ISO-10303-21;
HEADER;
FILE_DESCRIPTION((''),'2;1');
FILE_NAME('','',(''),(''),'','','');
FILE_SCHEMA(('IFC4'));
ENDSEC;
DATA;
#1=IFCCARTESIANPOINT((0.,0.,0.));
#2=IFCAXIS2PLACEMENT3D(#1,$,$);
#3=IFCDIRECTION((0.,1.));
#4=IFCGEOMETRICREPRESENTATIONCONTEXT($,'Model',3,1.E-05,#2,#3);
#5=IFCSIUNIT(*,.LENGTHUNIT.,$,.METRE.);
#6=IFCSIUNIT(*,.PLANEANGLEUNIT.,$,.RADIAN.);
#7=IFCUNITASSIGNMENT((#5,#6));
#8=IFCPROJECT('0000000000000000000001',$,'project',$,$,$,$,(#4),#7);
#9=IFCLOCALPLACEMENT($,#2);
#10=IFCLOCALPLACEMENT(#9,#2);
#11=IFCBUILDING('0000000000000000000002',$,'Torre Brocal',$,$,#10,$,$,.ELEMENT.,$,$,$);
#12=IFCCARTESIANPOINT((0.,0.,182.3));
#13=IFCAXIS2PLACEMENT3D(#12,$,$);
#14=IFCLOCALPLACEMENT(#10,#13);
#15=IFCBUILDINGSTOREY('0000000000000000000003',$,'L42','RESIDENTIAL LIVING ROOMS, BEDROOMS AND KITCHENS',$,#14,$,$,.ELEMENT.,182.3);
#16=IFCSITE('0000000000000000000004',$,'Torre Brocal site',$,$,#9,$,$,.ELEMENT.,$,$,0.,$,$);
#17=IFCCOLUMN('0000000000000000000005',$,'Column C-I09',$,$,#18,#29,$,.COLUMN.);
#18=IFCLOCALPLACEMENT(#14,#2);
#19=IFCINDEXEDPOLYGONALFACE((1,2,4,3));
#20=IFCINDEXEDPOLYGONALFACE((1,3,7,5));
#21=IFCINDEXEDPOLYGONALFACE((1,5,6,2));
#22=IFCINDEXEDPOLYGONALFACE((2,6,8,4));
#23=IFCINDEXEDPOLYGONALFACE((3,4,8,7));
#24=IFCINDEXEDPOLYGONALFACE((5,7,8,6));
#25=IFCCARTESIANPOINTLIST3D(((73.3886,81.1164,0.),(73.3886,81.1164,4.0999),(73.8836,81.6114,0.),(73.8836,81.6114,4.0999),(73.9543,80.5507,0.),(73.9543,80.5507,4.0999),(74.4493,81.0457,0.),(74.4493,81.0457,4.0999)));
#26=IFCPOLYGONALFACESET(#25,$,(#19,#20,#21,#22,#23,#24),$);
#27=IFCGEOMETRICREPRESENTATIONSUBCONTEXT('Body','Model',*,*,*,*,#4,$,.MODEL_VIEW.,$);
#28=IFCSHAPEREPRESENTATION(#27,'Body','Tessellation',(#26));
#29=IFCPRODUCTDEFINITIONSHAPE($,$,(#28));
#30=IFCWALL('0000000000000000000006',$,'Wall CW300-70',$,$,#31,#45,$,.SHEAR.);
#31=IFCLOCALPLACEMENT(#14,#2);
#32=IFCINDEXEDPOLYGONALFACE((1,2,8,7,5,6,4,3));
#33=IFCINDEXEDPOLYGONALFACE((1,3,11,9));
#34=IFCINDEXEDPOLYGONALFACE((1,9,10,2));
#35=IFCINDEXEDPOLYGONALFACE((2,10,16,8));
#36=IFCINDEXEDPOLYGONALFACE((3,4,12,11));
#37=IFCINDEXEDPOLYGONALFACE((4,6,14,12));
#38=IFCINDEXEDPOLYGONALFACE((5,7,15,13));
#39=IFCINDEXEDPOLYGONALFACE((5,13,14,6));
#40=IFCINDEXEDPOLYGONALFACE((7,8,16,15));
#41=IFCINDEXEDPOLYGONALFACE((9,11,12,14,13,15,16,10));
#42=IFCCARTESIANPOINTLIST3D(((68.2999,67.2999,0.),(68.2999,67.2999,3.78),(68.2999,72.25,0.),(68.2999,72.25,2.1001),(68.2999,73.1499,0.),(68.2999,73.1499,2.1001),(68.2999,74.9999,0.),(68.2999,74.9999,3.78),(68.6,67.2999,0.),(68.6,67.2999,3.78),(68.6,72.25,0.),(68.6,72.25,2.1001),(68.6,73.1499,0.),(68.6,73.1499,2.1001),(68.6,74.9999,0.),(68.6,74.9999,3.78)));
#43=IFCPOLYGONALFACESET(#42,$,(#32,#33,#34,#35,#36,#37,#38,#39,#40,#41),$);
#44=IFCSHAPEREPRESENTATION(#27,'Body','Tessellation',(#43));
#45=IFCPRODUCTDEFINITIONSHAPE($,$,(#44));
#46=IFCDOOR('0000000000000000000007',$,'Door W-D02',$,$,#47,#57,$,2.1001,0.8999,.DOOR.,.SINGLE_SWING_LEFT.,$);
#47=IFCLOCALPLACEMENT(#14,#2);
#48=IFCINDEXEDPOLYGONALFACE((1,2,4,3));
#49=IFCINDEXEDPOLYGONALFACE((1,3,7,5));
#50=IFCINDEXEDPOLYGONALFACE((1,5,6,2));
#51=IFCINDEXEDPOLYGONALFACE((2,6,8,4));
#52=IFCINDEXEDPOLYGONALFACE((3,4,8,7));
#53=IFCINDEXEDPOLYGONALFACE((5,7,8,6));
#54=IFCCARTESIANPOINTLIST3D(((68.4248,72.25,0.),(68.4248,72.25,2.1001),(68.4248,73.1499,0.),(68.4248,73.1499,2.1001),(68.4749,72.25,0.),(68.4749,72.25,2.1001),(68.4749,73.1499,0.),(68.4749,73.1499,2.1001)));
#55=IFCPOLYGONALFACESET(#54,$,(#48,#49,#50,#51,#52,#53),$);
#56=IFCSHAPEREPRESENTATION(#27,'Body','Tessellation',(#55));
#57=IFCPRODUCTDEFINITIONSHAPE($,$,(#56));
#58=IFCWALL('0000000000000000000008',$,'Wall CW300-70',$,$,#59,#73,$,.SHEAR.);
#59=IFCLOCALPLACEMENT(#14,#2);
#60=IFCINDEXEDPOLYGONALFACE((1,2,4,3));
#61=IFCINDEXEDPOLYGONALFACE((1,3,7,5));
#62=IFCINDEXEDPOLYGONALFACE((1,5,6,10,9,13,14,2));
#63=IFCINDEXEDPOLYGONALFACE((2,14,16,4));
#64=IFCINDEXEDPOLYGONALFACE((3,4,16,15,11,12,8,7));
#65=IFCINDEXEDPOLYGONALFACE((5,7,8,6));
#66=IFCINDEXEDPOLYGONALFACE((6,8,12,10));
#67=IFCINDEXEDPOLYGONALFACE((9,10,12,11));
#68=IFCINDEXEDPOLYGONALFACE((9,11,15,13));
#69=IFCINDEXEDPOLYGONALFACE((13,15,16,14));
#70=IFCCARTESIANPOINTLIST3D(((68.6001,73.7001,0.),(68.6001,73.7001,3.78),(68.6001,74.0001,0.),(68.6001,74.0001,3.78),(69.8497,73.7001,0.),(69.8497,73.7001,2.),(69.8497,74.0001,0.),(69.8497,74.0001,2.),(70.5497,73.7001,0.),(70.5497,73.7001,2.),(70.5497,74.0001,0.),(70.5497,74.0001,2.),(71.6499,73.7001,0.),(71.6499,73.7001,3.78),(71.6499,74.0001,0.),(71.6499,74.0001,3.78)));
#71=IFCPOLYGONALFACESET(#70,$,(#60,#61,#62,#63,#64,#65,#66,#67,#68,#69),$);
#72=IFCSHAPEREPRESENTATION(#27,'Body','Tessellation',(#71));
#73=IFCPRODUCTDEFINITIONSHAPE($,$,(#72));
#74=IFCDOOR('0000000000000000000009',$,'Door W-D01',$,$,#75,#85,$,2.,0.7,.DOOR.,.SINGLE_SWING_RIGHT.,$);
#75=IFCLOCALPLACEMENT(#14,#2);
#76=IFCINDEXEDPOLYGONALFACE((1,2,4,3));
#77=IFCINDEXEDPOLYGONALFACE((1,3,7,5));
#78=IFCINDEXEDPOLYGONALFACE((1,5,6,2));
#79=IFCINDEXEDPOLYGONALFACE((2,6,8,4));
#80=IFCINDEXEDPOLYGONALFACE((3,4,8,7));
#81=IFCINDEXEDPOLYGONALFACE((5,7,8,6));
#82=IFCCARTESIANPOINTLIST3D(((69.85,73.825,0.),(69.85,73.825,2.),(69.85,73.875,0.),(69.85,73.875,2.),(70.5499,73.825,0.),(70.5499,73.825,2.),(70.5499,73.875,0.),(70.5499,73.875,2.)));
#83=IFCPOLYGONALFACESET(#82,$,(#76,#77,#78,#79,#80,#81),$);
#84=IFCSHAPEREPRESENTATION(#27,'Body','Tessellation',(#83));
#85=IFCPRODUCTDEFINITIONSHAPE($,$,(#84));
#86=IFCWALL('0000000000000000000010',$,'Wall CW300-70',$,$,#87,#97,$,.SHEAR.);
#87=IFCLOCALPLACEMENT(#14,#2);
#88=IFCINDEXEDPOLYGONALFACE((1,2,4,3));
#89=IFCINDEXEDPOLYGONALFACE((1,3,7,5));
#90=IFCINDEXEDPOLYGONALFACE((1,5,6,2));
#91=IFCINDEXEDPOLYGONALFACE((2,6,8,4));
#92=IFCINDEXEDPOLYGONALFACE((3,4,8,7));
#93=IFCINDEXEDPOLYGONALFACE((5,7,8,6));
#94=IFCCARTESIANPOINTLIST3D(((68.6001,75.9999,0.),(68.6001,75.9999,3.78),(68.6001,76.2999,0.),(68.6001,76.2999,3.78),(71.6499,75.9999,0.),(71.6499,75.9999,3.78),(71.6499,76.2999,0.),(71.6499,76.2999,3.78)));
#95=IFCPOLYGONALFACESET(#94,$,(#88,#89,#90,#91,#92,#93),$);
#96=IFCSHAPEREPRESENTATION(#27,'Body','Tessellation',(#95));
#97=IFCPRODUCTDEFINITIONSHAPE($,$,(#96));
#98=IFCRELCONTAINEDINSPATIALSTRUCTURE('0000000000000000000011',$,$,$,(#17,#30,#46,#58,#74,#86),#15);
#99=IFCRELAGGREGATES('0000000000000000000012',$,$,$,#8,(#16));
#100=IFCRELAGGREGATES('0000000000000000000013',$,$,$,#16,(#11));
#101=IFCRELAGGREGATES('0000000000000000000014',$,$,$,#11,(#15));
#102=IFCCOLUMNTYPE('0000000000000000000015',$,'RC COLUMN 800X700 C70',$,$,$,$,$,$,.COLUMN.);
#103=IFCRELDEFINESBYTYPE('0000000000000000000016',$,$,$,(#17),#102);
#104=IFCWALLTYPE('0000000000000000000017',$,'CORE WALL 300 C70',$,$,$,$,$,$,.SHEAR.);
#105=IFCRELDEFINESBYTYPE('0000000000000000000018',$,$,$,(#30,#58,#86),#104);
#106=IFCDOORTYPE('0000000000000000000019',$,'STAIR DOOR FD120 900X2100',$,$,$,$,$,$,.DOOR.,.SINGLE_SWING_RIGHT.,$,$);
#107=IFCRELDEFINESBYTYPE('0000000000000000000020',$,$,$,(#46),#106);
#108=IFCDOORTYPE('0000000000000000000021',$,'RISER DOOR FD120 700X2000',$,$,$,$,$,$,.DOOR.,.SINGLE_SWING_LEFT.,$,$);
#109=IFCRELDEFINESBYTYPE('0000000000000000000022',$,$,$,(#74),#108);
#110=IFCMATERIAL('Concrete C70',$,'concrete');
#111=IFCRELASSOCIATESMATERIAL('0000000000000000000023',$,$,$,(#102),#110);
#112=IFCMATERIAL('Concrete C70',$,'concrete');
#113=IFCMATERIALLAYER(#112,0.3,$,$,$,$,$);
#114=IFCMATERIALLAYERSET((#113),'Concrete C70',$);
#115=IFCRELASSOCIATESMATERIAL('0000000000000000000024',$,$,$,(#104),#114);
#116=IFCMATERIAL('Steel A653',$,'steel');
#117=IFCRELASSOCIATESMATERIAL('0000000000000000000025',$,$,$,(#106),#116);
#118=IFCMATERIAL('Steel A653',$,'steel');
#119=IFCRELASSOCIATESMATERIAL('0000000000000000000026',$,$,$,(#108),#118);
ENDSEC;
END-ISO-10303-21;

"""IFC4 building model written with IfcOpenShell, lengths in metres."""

from ifc_helpers import new_model, si_unit, direction, frame, frame_2d, origin, origin_2d, place, context, subcontext, project, spatial, rectangle, extrude, material, layer, layer_set, material_profile, profile_set, type_object, element, fill, save


model = new_model("IFC4")

# Units and contexts
model_context = context("Model", 3, precision=1e-05, world=origin(), true_north=direction((0.0, 1.0)))
body_context = subcontext(model_context, "Body", "Model", "MODEL_VIEW")
ifc_project = project(units=[si_unit("LENGTHUNIT", "METRE"), si_unit("PLANEANGLEUNIT", "RADIAN")], contexts=[model_context])

# Site, building, storey
site_placement = place(None, origin())
site = spatial("IfcSite", under=ifc_project, at=site_placement, Name="Torre Brocal site", CompositionType="ELEMENT", RefElevation=0.0)
building_placement = place(site_placement, origin())
building = spatial("IfcBuilding", under=site, at=building_placement, Name="Torre Brocal", CompositionType="ELEMENT")
storey_placement = place(building_placement, frame((0.0, 0.0, 182.3)))
storey = spatial("IfcBuildingStorey", under=building, at=storey_placement, Name="L42", Description="RESIDENTIAL LIVING ROOMS, BEDROOMS AND KITCHENS", CompositionType="ELEMENT", Elevation=182.3)

# Column
ifc_material_1 = material(Name="Concrete C70", Category="concrete")
ifc_material_profile = material_profile(ifc_material_1, rectangle(XDim=0.8, YDim=0.7, at=origin_2d()), Name="RC 800X700")
ifc_profile_set = profile_set([ifc_material_profile], Name="Concrete C70")
column_type = type_object("IfcColumnType", Name="RC COLUMN 800X700 C70", PredefinedType="COLUMN", material=ifc_profile_set)
column_placement = place(storey_placement, frame((73.9189, 81.0811, 0.0), z_axis=(0.0, 0.0, 1.0), x_axis=(-0.707107, 0.707107, 0.0)))
element("IfcColumn", 1, at=column_placement, inside=storey, type_object=column_type, Name="Column C-I09", PredefinedType="COLUMN", context=body_context, shape_type="SweptSolid", body=[
    extrude(rectangle(XDim=0.8, YDim=0.7, at=origin_2d()), origin(), (0.0, 0.0, 1.0), 4.0999),
])

# Walls, openings, doors
ifc_material_2 = material(Name="Concrete C70", Category="concrete")
ifc_layer_1 = layer(ifc_material_2, 0.3)
ifc_layer_set_1 = layer_set([ifc_layer_1], Name="Concrete C70")
wall_type_1 = type_object("IfcWallType", Name="CORE WALL 300 C70", PredefinedType="SHEAR", material=ifc_layer_set_1)
wall_1_placement = place(storey_placement, frame((68.45, 75.0, 0.0), z_axis=(0.0, 0.0, 1.0), x_axis=(0.0, -1.0, 0.0)))
wall_1 = element("IfcWall", 2, at=wall_1_placement, inside=storey, type_object=wall_type_1, Name="Wall CW300-70", PredefinedType="SHEAR", context=body_context, shape_type="SweptSolid", body=[
    extrude(rectangle(XDim=7.7, YDim=0.3, at=frame_2d((3.8501, 0.0))), origin(), (0.0, 0.0, 1.0), 3.78),
])
opening_1_placement = place(wall_1_placement, frame((1.8501, 0.0, 0.0)))
opening_1 = element("IfcOpeningElement", 3, at=opening_1_placement, cuts=wall_1, PredefinedType="OPENING", context=body_context, shape_type="SweptSolid", body=[
    extrude(rectangle(XDim=0.8999, YDim=2.1001, at=frame_2d((0.45, 1.05))), frame((0.0, 0.1599, 0.0), z_axis=(0.0, -1.0, 0.0), x_axis=(1.0, 0.0, 0.0)), (0.0, 0.0, 1.0), 0.3201),
])
ifc_material_3 = material(Name="Steel A653", Category="steel")
door_type_1 = type_object("IfcDoorType", Name="STAIR DOOR FD120 900X2100", OperationType="SINGLE_SWING_RIGHT", PredefinedType="DOOR", material=ifc_material_3)
door_1_placement = place(opening_1_placement, origin())
door_1 = element("IfcDoor", 4, at=door_1_placement, inside=storey, type_object=door_type_1, Name="Door W-D02", OperationType="SINGLE_SWING_LEFT", OverallHeight=2.1001, OverallWidth=0.8999, PredefinedType="DOOR", context=body_context, shape_type="SweptSolid", body=[
    extrude(rectangle(XDim=0.8999, YDim=2.1001, at=frame_2d((0.45, 1.05))), frame((0.0, 0.0249, 0.0), z_axis=(0.0, -1.0, 0.0), x_axis=(1.0, 0.0, 0.0)), (0.0, 0.0, 1.0), 0.05),
])
fill(opening_1, door_1)
wall_2_placement = place(storey_placement, frame((71.6499, 73.8501, 0.0), z_axis=(0.0, 0.0, 1.0), x_axis=(-1.0, 0.0, 0.0)))
wall_2 = element("IfcWall", 5, at=wall_2_placement, inside=storey, type_object=wall_type_1, Name="Wall CW300-70", PredefinedType="SHEAR", context=body_context, shape_type="SweptSolid", body=[
    extrude(rectangle(XDim=3.0498, YDim=0.3, at=frame_2d((1.5249, 0.0))), origin(), (0.0, 0.0, 1.0), 3.78),
])
opening_2_placement = place(wall_2_placement, frame((1.1001, 0.0, 0.0)))
opening_2 = element("IfcOpeningElement", 6, at=opening_2_placement, cuts=wall_2, PredefinedType="OPENING", context=body_context, shape_type="SweptSolid", body=[
    extrude(rectangle(XDim=0.7, YDim=2.0, at=frame_2d((0.3501, 1.0))), frame((0.0, 0.1599, 0.0), z_axis=(0.0, -1.0, 0.0), x_axis=(1.0, 0.0, 0.0)), (0.0, 0.0, 1.0), 0.3201),
])
ifc_material_4 = material(Name="Steel A653", Category="steel")
door_type_2 = type_object("IfcDoorType", Name="RISER DOOR FD120 700X2000", OperationType="SINGLE_SWING_LEFT", PredefinedType="DOOR", material=ifc_material_4)
door_2_placement = place(opening_2_placement, frame((0.7, 0.0, 0.0), z_axis=(0.0, 0.0, 1.0), x_axis=(-1.0, 0.0, 0.0)))
door_2 = element("IfcDoor", 7, at=door_2_placement, inside=storey, type_object=door_type_2, Name="Door W-D01", OperationType="SINGLE_SWING_RIGHT", OverallHeight=2.0, OverallWidth=0.7, PredefinedType="DOOR", context=body_context, shape_type="SweptSolid", body=[
    extrude(rectangle(XDim=0.7, YDim=2.0, at=frame_2d((0.3501, 1.0))), frame((0.0, 0.0249, 0.0), z_axis=(0.0, -1.0, 0.0), x_axis=(1.0, 0.0, 0.0)), (0.0, 0.0, 1.0), 0.05),
])
fill(opening_2, door_2)

# Wall
wall_3_placement = place(storey_placement, frame((71.6499, 76.1499, 0.0), z_axis=(0.0, 0.0, 1.0), x_axis=(-1.0, 0.0, 0.0)))
element("IfcWall", 8, at=wall_3_placement, inside=storey, type_object=wall_type_1, Name="Wall CW300-70", PredefinedType="SHEAR", context=body_context, shape_type="SweptSolid", body=[
    extrude(rectangle(XDim=3.0498, YDim=0.3, at=frame_2d((1.5249, 0.0))), origin(), (0.0, 0.0, 1.0), 3.78),
])

save(model, "model.ifc")
